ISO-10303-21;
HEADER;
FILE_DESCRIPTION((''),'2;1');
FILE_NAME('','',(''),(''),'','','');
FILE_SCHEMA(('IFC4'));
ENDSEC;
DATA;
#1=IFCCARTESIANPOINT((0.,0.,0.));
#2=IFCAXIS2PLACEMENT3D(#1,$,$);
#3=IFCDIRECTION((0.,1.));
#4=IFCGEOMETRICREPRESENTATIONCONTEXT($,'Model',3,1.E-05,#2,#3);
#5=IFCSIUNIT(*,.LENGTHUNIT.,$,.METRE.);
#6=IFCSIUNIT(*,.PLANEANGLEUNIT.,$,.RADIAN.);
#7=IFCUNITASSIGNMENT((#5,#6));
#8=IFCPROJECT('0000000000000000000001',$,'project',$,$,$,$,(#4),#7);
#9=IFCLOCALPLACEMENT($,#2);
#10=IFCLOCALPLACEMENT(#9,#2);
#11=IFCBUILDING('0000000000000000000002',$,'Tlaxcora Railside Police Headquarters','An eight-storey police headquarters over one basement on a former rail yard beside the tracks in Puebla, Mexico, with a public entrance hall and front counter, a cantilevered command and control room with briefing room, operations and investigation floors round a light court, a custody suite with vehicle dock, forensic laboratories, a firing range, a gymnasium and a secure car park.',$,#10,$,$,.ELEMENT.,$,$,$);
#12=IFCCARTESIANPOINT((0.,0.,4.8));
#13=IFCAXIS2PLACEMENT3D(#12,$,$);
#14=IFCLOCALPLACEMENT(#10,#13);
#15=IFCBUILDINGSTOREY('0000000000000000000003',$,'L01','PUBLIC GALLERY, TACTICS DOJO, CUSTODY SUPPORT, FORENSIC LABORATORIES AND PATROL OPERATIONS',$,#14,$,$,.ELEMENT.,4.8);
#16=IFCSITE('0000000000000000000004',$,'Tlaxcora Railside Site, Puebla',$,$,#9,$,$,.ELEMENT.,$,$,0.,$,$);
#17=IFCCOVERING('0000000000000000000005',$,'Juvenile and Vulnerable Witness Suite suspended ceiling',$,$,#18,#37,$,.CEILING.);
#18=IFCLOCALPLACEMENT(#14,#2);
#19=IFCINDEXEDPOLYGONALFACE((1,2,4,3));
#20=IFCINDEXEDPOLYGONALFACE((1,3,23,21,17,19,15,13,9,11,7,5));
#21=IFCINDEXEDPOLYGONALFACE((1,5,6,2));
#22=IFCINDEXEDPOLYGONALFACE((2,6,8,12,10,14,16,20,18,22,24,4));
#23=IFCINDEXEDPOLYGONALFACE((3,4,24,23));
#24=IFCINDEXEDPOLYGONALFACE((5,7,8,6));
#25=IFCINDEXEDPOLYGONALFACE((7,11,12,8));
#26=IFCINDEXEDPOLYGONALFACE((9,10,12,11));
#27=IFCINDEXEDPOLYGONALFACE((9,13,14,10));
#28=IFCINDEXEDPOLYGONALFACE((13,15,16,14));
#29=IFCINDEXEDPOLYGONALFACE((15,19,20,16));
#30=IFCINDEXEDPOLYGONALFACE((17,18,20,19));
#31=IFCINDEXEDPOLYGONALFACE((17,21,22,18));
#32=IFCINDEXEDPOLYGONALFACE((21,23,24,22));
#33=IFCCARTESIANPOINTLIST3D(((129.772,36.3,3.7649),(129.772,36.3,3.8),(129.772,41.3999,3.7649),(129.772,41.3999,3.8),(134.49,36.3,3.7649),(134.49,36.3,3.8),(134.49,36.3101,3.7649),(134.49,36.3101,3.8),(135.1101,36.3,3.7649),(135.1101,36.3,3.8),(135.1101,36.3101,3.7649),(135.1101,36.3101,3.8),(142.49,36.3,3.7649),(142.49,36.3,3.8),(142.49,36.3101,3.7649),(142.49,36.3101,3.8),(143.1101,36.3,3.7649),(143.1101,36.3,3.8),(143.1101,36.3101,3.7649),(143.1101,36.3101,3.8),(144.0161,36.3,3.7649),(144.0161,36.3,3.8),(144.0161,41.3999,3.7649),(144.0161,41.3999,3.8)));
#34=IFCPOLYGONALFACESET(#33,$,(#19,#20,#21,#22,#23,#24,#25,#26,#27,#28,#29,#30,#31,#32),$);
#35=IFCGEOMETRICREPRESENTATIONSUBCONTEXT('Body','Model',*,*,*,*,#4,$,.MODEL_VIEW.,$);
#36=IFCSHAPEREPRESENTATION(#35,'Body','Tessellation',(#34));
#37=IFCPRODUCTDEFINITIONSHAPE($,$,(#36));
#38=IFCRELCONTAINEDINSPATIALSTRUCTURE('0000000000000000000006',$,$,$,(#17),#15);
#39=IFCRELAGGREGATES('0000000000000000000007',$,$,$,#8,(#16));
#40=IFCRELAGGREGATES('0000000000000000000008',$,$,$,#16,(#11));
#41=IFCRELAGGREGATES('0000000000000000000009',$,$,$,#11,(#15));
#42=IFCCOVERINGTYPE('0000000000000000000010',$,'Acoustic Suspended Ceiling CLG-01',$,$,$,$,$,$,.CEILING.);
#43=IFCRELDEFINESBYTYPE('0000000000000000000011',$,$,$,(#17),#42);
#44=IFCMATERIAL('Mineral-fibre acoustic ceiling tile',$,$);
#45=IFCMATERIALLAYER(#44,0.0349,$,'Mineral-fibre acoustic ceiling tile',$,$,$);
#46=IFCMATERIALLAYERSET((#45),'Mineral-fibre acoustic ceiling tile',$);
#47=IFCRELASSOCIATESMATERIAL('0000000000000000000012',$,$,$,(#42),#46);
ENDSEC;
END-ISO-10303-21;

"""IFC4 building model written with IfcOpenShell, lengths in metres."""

from ifc_helpers import new_model, si_unit, direction, frame, origin, place, context, subcontext, project, spatial, polyline, outline, extrude, material, layer, layer_set, type_object, element, save


model = new_model("IFC4")

# Units and contexts
model_context = context("Model", 3, precision=1e-05, world=origin(), true_north=direction((0.0, 1.0)))
body_context = subcontext(model_context, "Body", "Model", "MODEL_VIEW")
ifc_project = project(units=[si_unit("LENGTHUNIT", "METRE"), si_unit("PLANEANGLEUNIT", "RADIAN")], contexts=[model_context])

# Site, building, storey
site_placement = place(None, origin())
site = spatial("IfcSite", under=ifc_project, at=site_placement, Name="Tlaxcora Railside Site, Puebla", CompositionType="ELEMENT", RefElevation=0.0)
building_placement = place(site_placement, origin())
building = spatial("IfcBuilding", under=site, at=building_placement, Name="Tlaxcora Railside Police Headquarters", Description="An eight-storey police headquarters over one basement on a former rail yard beside the tracks in Puebla, Mexico, with a public entrance hall and front counter, a cantilevered command and control room with briefing room, operations and investigation floors round a light court, a custody suite with vehicle dock, forensic laboratories, a firing range, a gymnasium and a secure car park.", CompositionType="ELEMENT")
storey_placement = place(building_placement, frame((0.0, 0.0, 4.8)))
storey = spatial("IfcBuildingStorey", under=building, at=storey_placement, Name="L01", Description="PUBLIC GALLERY, TACTICS DOJO, CUSTODY SUPPORT, FORENSIC LABORATORIES AND PATROL OPERATIONS", CompositionType="ELEMENT", Elevation=4.8)

# Covering
ifc_material_1 = material(Name="Mineral-fibre acoustic ceiling tile")
ifc_layer_1 = layer(ifc_material_1, 0.0349, Name="Mineral-fibre acoustic ceiling tile")
ifc_layer_set_1 = layer_set([ifc_layer_1], Name="Mineral-fibre acoustic ceiling tile")
covering_type = type_object("IfcCoveringType", Name="Acoustic Suspended Ceiling CLG-01", PredefinedType="CEILING", material=ifc_layer_set_1)
covering_1_placement = place(storey_placement, frame((0.0, 0.0, 3.7649)))
element("IfcCovering", 1, at=covering_1_placement, inside=storey, type_object=covering_type, Name="Juvenile and Vulnerable Witness Suite suspended ceiling", PredefinedType="CEILING", context=body_context, shape_type="SweptSolid", body=[
    extrude(outline(polyline([(129.772, 41.3999), (129.772, 36.3), (134.49, 36.3), (134.49, 36.3101), (135.1101, 36.3101), (135.1101, 36.3), (142.49, 36.3), (142.49, 36.3101), (143.1101, 36.3101), (143.1101, 36.3), (144.0161, 36.3), (144.0161, 41.3999), (129.772, 41.3999)])), origin(), (0.0, 0.0, 1.0), 0.0352),
])

save(model, "model.ifc")
